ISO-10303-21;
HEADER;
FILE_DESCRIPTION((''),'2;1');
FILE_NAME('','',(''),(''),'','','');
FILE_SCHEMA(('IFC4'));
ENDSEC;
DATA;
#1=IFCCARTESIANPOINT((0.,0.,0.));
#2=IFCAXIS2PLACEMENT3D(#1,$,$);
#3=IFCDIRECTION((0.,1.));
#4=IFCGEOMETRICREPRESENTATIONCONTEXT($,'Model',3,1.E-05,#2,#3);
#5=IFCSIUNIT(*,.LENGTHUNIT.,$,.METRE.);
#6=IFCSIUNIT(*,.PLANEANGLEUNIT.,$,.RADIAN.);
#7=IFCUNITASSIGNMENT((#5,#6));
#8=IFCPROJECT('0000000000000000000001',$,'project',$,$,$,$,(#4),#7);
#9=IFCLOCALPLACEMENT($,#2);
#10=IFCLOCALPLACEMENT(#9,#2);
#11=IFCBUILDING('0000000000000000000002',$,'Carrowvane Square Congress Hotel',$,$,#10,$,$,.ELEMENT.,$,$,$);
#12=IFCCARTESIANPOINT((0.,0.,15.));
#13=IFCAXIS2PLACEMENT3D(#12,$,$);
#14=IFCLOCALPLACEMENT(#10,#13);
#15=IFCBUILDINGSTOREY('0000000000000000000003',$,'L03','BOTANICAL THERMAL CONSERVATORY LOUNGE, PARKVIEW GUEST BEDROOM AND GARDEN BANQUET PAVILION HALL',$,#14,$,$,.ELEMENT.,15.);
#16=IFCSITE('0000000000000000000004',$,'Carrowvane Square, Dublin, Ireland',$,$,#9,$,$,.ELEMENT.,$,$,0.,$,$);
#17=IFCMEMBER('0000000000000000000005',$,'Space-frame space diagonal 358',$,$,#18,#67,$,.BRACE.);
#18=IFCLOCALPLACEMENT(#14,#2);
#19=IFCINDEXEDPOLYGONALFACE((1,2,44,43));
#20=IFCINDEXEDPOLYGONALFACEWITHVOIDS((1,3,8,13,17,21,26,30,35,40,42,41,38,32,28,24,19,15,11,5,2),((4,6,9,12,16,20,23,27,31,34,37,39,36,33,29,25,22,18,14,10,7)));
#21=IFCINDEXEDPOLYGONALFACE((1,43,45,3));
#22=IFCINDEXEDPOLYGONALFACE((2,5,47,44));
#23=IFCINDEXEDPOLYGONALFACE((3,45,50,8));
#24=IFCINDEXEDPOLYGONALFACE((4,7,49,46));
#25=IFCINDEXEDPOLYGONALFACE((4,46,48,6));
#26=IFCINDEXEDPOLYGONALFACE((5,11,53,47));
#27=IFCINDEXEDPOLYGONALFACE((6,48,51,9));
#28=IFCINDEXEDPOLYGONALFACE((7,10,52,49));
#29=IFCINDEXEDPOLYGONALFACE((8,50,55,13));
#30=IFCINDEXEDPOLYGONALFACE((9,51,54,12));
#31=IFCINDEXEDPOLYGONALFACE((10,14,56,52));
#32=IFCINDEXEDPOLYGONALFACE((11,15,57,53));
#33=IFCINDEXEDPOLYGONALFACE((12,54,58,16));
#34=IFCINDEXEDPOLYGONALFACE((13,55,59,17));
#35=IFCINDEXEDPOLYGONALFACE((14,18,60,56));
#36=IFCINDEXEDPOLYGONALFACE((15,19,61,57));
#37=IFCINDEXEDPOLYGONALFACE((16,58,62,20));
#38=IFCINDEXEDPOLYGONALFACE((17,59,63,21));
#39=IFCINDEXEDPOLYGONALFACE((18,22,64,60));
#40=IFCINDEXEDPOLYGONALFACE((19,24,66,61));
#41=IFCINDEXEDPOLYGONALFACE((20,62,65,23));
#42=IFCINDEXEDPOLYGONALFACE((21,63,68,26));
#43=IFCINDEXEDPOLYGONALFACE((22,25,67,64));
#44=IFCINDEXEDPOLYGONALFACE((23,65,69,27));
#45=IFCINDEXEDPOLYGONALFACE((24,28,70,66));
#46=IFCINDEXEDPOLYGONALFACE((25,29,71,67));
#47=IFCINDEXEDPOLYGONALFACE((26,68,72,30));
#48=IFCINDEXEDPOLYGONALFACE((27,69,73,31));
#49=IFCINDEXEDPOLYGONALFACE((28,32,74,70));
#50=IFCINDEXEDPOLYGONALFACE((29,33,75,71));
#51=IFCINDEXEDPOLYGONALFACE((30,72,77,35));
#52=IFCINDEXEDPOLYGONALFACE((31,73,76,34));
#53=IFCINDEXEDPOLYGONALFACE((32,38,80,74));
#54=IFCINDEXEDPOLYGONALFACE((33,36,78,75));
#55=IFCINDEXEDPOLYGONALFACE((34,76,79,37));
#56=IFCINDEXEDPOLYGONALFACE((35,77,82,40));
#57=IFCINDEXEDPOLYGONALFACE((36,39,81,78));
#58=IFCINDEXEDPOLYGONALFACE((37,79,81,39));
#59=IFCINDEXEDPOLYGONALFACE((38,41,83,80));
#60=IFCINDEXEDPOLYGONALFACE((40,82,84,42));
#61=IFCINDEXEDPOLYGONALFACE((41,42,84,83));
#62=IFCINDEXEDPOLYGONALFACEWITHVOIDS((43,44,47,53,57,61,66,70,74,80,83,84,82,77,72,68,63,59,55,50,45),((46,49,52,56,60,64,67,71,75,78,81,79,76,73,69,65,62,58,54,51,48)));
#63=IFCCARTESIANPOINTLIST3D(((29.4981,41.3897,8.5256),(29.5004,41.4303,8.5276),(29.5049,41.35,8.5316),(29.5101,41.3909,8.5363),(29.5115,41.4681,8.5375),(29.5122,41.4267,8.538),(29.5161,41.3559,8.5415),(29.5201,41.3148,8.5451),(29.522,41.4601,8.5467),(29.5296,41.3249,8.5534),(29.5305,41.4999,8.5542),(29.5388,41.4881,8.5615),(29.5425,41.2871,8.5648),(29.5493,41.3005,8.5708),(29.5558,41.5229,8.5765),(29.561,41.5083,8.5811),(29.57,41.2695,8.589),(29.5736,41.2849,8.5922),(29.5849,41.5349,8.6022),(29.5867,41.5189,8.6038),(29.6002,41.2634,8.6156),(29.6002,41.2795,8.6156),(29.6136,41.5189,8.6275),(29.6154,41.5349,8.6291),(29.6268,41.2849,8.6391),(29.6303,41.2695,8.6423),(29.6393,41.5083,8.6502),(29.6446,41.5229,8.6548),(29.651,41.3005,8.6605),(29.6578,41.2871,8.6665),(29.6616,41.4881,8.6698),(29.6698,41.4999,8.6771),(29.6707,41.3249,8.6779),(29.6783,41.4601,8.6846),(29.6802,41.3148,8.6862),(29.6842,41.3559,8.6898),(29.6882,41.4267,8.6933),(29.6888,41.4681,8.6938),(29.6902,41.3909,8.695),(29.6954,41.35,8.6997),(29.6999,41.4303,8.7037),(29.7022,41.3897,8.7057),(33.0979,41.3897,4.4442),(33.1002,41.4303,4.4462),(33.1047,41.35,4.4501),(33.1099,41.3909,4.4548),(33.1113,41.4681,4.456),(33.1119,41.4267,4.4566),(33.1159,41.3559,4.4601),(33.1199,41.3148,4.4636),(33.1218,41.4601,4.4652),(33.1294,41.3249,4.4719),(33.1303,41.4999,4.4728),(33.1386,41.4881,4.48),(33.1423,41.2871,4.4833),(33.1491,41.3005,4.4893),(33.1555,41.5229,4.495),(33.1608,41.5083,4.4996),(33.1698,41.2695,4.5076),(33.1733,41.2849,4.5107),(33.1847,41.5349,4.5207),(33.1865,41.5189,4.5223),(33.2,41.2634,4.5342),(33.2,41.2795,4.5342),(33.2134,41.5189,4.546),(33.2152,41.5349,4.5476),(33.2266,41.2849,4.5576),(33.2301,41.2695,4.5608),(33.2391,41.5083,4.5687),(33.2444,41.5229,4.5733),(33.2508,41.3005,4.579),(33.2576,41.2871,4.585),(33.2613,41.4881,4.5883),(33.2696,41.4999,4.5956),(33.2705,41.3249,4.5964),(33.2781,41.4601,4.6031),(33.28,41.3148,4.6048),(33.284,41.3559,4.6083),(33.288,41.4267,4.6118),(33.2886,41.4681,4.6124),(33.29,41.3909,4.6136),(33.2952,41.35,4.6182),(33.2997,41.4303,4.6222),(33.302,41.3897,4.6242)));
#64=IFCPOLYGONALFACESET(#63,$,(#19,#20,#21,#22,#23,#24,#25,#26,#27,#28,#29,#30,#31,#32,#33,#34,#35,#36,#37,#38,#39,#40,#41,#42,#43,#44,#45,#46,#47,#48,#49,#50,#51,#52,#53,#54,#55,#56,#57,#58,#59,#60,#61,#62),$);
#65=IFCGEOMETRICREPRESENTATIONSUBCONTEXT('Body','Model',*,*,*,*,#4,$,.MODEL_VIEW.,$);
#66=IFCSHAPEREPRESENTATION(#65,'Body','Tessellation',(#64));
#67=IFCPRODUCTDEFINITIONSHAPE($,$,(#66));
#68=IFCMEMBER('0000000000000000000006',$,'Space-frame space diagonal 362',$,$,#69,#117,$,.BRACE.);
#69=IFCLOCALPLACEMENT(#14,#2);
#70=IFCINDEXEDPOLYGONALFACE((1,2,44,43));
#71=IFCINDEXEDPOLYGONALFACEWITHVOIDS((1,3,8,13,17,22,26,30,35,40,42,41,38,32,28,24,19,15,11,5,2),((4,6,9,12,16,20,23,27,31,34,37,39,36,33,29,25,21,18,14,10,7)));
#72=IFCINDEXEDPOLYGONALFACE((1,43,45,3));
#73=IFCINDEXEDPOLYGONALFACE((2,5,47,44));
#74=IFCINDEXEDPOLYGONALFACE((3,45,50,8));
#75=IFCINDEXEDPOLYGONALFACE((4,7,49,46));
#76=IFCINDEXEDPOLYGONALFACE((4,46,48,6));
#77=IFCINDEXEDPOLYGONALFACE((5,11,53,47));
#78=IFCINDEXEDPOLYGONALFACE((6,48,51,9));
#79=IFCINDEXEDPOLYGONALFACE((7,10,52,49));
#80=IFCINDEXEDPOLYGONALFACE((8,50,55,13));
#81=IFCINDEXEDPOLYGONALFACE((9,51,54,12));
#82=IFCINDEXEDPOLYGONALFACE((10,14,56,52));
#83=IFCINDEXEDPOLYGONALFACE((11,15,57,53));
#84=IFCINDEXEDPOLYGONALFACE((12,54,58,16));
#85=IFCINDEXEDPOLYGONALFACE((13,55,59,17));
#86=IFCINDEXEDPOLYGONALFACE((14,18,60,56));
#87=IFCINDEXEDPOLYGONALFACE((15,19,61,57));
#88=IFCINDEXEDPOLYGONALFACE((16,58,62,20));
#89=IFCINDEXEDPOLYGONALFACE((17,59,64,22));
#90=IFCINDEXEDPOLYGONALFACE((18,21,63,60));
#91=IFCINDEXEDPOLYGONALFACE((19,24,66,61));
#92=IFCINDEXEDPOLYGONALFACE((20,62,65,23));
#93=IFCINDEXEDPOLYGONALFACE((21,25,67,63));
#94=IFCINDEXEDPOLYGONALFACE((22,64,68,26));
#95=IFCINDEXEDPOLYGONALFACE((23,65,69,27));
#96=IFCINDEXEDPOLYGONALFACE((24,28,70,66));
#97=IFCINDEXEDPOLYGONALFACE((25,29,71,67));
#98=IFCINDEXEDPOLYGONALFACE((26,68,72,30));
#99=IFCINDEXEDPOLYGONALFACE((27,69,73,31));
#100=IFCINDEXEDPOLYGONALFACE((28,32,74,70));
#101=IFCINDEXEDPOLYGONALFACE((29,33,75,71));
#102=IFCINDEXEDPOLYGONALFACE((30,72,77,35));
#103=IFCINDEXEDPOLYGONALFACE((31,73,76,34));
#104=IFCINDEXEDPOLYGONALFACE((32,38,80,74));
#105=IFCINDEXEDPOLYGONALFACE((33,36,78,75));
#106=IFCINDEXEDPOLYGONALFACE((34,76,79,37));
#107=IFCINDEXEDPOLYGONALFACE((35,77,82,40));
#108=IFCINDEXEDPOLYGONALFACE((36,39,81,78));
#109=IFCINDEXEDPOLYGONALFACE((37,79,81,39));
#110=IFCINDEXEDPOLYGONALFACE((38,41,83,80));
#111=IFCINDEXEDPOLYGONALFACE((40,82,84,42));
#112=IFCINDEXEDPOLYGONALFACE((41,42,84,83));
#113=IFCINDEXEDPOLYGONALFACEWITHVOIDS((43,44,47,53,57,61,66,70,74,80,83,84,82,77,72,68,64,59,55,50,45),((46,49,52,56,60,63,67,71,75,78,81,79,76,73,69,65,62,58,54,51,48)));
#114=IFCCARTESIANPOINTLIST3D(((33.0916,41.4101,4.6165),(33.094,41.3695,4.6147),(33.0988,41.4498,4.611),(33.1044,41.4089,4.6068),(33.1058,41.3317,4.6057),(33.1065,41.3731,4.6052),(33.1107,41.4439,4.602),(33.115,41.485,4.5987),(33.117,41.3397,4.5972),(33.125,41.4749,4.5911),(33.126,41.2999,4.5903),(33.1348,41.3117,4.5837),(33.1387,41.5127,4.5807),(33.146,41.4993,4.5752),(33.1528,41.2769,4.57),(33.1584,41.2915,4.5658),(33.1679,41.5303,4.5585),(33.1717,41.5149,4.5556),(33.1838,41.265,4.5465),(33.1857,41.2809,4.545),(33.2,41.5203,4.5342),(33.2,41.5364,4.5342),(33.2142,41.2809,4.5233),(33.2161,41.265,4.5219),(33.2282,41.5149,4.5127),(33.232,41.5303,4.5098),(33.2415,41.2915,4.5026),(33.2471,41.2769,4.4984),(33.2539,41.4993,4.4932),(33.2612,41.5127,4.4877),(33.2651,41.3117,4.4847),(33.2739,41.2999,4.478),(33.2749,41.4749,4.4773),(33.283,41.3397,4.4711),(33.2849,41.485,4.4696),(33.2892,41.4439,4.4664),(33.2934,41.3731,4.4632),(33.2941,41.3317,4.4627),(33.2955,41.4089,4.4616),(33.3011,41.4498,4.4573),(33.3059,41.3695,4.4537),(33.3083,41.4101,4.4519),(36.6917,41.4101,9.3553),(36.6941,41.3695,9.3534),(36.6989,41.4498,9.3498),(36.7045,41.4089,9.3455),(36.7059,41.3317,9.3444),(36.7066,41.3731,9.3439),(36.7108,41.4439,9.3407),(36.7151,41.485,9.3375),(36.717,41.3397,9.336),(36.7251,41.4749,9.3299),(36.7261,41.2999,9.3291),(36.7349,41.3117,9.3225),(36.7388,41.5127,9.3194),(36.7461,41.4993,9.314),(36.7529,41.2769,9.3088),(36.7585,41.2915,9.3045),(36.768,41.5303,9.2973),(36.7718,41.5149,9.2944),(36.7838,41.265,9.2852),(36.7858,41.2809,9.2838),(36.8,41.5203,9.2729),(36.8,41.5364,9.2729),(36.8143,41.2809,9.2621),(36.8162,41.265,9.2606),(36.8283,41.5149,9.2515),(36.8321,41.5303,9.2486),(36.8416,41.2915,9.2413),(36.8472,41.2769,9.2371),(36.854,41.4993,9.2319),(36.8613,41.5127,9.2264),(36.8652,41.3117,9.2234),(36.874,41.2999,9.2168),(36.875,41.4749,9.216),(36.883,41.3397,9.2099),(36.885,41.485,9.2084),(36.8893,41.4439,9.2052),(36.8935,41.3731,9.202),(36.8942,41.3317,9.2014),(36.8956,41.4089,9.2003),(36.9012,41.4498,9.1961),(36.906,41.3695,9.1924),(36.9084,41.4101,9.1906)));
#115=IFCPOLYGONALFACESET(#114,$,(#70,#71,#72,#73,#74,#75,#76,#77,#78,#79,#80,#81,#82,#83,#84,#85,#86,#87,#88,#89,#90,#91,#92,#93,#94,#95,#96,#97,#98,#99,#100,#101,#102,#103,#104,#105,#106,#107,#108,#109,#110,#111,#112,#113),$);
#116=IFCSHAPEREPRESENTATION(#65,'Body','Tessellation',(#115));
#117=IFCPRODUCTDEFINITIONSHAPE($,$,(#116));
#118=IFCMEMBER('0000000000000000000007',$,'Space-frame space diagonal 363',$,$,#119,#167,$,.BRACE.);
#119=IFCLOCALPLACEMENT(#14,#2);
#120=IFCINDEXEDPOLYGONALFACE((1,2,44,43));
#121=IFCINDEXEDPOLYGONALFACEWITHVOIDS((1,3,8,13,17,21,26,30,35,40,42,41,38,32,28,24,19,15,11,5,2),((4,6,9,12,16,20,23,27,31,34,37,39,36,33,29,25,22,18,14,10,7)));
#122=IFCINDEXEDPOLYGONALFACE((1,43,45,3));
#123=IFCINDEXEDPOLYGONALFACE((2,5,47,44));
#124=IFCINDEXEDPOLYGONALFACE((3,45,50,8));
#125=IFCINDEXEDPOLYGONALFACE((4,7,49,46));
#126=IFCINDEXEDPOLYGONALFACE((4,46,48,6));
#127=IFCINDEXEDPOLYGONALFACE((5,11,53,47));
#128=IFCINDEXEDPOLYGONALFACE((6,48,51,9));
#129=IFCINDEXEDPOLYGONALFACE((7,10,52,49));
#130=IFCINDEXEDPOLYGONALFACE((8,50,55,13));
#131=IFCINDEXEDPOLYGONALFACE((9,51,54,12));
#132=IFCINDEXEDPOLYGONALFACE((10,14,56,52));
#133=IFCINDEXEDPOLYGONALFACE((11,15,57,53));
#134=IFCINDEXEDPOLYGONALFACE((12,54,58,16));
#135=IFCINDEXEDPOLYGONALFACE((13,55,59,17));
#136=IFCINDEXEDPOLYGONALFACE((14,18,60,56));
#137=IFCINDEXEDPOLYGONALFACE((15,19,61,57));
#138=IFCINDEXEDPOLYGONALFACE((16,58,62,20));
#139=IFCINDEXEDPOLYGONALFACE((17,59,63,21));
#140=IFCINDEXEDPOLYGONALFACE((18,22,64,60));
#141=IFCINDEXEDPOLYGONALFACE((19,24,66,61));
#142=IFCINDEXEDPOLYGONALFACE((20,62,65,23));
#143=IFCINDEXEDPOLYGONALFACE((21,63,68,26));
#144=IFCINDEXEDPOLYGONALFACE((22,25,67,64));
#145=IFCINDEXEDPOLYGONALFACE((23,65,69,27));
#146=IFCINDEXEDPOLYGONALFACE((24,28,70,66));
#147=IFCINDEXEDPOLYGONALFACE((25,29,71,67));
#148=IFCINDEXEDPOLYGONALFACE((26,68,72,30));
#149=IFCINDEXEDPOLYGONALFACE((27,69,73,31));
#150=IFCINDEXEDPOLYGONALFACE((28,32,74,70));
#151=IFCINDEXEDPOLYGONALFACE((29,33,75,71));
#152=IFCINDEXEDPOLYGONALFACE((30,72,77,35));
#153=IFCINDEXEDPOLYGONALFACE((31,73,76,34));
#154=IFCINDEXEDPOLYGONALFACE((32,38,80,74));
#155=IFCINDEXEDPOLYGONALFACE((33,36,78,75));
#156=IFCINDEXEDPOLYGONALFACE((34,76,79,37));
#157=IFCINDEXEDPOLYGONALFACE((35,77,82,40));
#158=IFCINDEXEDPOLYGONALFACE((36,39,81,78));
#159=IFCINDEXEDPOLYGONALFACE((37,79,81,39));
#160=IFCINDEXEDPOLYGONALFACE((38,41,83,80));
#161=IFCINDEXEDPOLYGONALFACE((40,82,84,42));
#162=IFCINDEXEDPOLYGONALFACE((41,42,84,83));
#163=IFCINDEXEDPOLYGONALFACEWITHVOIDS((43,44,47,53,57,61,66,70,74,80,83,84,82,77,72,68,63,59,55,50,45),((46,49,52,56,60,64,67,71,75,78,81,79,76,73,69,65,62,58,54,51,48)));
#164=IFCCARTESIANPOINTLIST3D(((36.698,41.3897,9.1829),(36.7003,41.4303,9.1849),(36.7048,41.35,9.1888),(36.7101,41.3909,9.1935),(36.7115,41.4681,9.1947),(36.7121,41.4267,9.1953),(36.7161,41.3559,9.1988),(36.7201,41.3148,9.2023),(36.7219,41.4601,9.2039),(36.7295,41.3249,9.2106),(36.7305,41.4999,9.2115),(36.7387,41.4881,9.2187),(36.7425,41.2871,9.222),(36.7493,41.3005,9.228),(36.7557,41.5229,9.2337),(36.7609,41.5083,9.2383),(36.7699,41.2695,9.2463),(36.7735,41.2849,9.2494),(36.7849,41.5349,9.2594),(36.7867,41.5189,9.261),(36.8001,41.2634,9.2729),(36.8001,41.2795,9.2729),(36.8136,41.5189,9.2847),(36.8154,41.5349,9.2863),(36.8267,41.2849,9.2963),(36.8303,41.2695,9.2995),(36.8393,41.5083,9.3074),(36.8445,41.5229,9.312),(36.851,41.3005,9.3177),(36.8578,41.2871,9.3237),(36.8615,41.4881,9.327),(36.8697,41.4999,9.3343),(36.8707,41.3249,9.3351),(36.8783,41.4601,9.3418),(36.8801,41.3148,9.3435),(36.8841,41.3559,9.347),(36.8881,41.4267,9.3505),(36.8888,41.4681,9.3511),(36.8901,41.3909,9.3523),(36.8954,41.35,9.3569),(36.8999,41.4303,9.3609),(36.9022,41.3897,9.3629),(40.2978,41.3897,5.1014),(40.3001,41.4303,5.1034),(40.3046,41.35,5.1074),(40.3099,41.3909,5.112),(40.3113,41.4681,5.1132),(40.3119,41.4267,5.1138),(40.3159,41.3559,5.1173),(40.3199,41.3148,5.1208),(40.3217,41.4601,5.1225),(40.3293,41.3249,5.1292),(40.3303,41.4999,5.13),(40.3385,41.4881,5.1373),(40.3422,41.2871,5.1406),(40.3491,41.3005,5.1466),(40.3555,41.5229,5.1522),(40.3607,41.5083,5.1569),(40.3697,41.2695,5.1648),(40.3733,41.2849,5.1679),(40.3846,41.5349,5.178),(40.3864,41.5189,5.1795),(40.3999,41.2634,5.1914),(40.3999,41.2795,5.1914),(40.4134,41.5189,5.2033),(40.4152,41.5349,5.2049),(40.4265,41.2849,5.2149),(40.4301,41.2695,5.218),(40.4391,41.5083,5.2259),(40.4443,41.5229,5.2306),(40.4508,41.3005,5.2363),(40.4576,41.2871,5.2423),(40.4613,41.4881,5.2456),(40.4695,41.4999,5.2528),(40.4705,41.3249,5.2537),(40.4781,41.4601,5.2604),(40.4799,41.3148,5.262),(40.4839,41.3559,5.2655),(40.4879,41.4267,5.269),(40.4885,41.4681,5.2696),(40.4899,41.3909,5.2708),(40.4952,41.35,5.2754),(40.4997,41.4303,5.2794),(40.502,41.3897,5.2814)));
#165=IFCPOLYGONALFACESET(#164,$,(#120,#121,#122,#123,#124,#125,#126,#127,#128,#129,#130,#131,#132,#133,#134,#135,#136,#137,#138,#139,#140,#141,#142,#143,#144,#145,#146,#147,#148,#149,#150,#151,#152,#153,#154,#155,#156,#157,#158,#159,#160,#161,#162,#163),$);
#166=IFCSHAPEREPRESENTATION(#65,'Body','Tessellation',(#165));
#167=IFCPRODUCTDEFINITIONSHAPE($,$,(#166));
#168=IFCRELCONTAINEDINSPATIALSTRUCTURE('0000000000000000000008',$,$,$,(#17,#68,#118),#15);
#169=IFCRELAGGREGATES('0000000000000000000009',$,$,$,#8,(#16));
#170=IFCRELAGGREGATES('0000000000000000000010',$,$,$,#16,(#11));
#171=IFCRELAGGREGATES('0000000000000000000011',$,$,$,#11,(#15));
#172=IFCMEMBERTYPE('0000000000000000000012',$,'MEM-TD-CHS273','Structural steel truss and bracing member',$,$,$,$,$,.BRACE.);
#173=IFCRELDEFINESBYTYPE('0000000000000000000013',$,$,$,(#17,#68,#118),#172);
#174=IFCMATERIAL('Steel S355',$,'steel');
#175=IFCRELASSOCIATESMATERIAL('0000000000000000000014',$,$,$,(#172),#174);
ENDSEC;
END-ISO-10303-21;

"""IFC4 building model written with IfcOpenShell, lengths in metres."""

from ifc_helpers import new_model, si_unit, direction, frame, origin, origin_2d, place, context, subcontext, project, spatial, hollow_circle, extrude, material, material_profile, profile_set, type_object, element, save


model = new_model("IFC4")

# Units and contexts
model_context = context("Model", 3, precision=1e-05, world=origin(), true_north=direction((0.0, 1.0)))
body_context = subcontext(model_context, "Body", "Model", "MODEL_VIEW")
ifc_project = project(units=[si_unit("LENGTHUNIT", "METRE"), si_unit("PLANEANGLEUNIT", "RADIAN")], contexts=[model_context])

# Site, building, storey
site_placement = place(None, origin())
site = spatial("IfcSite", under=ifc_project, at=site_placement, Name="Carrowvane Square, Dublin, Ireland", CompositionType="ELEMENT", RefElevation=0.0)
building_placement = place(site_placement, origin())
building = spatial("IfcBuilding", under=site, at=building_placement, Name="Carrowvane Square Congress Hotel", CompositionType="ELEMENT")
storey_placement = place(building_placement, frame((0.0, 0.0, 15.0)))
storey = spatial("IfcBuildingStorey", under=building, at=storey_placement, Name="L03", Description="BOTANICAL THERMAL CONSERVATORY LOUNGE, PARKVIEW GUEST BEDROOM AND GARDEN BANQUET PAVILION HALL", CompositionType="ELEMENT", Elevation=15.0)

# Members
ifc_material_1 = material(Name="Steel S355", Category="steel")
ifc_material_profile_1 = material_profile(ifc_material_1, hollow_circle(Radius=0.1365, WallThickness=0.0161, at=origin_2d()), Name="CHS 273.0x16")
ifc_profile_set_1 = profile_set([ifc_material_profile_1], Name="Steel S355")
member_type_1 = type_object("IfcMemberType", Name="MEM-TD-CHS273", Description="Structural steel truss and bracing member", PredefinedType="BRACE", material=ifc_profile_set_1)
member_1_placement = place(storey_placement, frame((33.2, 41.3999, 4.5342), z_axis=(-0.661466, 0.0, 0.749975), x_axis=(0.0, -1.0, 0.0)))
element("IfcMember", 1, at=member_1_placement, inside=storey, type_object=member_type_1, Name="Space-frame space diagonal 358", PredefinedType="BRACE", context=body_context, shape_type="SweptSolid", body=[
    extrude(hollow_circle(Radius=0.1365, WallThickness=0.0161, at=origin_2d()), origin(), (0.0, 0.0, 1.0), 5.4421),
])
member_2_placement = place(storey_placement, frame((33.2, 41.3999, 4.5342), z_axis=(0.604938, 0.0, 0.796273), x_axis=(0.0, 1.0, 0.0)))
element("IfcMember", 2, at=member_2_placement, inside=storey, type_object=member_type_1, Name="Space-frame space diagonal 362", PredefinedType="BRACE", context=body_context, shape_type="SweptSolid", body=[
    extrude(hollow_circle(Radius=0.1365, WallThickness=0.0161, at=origin_2d()), origin(), (0.0, 0.0, 1.0), 5.9512),
])
member_3_placement = place(storey_placement, frame((40.3999, 41.3999, 5.1914), z_axis=(-0.661466, 0.0, 0.749975), x_axis=(0.0, -1.0, 0.0)))
element("IfcMember", 3, at=member_3_placement, inside=storey, type_object=member_type_1, Name="Space-frame space diagonal 363", PredefinedType="BRACE", context=body_context, shape_type="SweptSolid", body=[
    extrude(hollow_circle(Radius=0.1365, WallThickness=0.0161, at=origin_2d()), origin(), (0.0, 0.0, 1.0), 5.4421),
])

save(model, "model.ifc")
